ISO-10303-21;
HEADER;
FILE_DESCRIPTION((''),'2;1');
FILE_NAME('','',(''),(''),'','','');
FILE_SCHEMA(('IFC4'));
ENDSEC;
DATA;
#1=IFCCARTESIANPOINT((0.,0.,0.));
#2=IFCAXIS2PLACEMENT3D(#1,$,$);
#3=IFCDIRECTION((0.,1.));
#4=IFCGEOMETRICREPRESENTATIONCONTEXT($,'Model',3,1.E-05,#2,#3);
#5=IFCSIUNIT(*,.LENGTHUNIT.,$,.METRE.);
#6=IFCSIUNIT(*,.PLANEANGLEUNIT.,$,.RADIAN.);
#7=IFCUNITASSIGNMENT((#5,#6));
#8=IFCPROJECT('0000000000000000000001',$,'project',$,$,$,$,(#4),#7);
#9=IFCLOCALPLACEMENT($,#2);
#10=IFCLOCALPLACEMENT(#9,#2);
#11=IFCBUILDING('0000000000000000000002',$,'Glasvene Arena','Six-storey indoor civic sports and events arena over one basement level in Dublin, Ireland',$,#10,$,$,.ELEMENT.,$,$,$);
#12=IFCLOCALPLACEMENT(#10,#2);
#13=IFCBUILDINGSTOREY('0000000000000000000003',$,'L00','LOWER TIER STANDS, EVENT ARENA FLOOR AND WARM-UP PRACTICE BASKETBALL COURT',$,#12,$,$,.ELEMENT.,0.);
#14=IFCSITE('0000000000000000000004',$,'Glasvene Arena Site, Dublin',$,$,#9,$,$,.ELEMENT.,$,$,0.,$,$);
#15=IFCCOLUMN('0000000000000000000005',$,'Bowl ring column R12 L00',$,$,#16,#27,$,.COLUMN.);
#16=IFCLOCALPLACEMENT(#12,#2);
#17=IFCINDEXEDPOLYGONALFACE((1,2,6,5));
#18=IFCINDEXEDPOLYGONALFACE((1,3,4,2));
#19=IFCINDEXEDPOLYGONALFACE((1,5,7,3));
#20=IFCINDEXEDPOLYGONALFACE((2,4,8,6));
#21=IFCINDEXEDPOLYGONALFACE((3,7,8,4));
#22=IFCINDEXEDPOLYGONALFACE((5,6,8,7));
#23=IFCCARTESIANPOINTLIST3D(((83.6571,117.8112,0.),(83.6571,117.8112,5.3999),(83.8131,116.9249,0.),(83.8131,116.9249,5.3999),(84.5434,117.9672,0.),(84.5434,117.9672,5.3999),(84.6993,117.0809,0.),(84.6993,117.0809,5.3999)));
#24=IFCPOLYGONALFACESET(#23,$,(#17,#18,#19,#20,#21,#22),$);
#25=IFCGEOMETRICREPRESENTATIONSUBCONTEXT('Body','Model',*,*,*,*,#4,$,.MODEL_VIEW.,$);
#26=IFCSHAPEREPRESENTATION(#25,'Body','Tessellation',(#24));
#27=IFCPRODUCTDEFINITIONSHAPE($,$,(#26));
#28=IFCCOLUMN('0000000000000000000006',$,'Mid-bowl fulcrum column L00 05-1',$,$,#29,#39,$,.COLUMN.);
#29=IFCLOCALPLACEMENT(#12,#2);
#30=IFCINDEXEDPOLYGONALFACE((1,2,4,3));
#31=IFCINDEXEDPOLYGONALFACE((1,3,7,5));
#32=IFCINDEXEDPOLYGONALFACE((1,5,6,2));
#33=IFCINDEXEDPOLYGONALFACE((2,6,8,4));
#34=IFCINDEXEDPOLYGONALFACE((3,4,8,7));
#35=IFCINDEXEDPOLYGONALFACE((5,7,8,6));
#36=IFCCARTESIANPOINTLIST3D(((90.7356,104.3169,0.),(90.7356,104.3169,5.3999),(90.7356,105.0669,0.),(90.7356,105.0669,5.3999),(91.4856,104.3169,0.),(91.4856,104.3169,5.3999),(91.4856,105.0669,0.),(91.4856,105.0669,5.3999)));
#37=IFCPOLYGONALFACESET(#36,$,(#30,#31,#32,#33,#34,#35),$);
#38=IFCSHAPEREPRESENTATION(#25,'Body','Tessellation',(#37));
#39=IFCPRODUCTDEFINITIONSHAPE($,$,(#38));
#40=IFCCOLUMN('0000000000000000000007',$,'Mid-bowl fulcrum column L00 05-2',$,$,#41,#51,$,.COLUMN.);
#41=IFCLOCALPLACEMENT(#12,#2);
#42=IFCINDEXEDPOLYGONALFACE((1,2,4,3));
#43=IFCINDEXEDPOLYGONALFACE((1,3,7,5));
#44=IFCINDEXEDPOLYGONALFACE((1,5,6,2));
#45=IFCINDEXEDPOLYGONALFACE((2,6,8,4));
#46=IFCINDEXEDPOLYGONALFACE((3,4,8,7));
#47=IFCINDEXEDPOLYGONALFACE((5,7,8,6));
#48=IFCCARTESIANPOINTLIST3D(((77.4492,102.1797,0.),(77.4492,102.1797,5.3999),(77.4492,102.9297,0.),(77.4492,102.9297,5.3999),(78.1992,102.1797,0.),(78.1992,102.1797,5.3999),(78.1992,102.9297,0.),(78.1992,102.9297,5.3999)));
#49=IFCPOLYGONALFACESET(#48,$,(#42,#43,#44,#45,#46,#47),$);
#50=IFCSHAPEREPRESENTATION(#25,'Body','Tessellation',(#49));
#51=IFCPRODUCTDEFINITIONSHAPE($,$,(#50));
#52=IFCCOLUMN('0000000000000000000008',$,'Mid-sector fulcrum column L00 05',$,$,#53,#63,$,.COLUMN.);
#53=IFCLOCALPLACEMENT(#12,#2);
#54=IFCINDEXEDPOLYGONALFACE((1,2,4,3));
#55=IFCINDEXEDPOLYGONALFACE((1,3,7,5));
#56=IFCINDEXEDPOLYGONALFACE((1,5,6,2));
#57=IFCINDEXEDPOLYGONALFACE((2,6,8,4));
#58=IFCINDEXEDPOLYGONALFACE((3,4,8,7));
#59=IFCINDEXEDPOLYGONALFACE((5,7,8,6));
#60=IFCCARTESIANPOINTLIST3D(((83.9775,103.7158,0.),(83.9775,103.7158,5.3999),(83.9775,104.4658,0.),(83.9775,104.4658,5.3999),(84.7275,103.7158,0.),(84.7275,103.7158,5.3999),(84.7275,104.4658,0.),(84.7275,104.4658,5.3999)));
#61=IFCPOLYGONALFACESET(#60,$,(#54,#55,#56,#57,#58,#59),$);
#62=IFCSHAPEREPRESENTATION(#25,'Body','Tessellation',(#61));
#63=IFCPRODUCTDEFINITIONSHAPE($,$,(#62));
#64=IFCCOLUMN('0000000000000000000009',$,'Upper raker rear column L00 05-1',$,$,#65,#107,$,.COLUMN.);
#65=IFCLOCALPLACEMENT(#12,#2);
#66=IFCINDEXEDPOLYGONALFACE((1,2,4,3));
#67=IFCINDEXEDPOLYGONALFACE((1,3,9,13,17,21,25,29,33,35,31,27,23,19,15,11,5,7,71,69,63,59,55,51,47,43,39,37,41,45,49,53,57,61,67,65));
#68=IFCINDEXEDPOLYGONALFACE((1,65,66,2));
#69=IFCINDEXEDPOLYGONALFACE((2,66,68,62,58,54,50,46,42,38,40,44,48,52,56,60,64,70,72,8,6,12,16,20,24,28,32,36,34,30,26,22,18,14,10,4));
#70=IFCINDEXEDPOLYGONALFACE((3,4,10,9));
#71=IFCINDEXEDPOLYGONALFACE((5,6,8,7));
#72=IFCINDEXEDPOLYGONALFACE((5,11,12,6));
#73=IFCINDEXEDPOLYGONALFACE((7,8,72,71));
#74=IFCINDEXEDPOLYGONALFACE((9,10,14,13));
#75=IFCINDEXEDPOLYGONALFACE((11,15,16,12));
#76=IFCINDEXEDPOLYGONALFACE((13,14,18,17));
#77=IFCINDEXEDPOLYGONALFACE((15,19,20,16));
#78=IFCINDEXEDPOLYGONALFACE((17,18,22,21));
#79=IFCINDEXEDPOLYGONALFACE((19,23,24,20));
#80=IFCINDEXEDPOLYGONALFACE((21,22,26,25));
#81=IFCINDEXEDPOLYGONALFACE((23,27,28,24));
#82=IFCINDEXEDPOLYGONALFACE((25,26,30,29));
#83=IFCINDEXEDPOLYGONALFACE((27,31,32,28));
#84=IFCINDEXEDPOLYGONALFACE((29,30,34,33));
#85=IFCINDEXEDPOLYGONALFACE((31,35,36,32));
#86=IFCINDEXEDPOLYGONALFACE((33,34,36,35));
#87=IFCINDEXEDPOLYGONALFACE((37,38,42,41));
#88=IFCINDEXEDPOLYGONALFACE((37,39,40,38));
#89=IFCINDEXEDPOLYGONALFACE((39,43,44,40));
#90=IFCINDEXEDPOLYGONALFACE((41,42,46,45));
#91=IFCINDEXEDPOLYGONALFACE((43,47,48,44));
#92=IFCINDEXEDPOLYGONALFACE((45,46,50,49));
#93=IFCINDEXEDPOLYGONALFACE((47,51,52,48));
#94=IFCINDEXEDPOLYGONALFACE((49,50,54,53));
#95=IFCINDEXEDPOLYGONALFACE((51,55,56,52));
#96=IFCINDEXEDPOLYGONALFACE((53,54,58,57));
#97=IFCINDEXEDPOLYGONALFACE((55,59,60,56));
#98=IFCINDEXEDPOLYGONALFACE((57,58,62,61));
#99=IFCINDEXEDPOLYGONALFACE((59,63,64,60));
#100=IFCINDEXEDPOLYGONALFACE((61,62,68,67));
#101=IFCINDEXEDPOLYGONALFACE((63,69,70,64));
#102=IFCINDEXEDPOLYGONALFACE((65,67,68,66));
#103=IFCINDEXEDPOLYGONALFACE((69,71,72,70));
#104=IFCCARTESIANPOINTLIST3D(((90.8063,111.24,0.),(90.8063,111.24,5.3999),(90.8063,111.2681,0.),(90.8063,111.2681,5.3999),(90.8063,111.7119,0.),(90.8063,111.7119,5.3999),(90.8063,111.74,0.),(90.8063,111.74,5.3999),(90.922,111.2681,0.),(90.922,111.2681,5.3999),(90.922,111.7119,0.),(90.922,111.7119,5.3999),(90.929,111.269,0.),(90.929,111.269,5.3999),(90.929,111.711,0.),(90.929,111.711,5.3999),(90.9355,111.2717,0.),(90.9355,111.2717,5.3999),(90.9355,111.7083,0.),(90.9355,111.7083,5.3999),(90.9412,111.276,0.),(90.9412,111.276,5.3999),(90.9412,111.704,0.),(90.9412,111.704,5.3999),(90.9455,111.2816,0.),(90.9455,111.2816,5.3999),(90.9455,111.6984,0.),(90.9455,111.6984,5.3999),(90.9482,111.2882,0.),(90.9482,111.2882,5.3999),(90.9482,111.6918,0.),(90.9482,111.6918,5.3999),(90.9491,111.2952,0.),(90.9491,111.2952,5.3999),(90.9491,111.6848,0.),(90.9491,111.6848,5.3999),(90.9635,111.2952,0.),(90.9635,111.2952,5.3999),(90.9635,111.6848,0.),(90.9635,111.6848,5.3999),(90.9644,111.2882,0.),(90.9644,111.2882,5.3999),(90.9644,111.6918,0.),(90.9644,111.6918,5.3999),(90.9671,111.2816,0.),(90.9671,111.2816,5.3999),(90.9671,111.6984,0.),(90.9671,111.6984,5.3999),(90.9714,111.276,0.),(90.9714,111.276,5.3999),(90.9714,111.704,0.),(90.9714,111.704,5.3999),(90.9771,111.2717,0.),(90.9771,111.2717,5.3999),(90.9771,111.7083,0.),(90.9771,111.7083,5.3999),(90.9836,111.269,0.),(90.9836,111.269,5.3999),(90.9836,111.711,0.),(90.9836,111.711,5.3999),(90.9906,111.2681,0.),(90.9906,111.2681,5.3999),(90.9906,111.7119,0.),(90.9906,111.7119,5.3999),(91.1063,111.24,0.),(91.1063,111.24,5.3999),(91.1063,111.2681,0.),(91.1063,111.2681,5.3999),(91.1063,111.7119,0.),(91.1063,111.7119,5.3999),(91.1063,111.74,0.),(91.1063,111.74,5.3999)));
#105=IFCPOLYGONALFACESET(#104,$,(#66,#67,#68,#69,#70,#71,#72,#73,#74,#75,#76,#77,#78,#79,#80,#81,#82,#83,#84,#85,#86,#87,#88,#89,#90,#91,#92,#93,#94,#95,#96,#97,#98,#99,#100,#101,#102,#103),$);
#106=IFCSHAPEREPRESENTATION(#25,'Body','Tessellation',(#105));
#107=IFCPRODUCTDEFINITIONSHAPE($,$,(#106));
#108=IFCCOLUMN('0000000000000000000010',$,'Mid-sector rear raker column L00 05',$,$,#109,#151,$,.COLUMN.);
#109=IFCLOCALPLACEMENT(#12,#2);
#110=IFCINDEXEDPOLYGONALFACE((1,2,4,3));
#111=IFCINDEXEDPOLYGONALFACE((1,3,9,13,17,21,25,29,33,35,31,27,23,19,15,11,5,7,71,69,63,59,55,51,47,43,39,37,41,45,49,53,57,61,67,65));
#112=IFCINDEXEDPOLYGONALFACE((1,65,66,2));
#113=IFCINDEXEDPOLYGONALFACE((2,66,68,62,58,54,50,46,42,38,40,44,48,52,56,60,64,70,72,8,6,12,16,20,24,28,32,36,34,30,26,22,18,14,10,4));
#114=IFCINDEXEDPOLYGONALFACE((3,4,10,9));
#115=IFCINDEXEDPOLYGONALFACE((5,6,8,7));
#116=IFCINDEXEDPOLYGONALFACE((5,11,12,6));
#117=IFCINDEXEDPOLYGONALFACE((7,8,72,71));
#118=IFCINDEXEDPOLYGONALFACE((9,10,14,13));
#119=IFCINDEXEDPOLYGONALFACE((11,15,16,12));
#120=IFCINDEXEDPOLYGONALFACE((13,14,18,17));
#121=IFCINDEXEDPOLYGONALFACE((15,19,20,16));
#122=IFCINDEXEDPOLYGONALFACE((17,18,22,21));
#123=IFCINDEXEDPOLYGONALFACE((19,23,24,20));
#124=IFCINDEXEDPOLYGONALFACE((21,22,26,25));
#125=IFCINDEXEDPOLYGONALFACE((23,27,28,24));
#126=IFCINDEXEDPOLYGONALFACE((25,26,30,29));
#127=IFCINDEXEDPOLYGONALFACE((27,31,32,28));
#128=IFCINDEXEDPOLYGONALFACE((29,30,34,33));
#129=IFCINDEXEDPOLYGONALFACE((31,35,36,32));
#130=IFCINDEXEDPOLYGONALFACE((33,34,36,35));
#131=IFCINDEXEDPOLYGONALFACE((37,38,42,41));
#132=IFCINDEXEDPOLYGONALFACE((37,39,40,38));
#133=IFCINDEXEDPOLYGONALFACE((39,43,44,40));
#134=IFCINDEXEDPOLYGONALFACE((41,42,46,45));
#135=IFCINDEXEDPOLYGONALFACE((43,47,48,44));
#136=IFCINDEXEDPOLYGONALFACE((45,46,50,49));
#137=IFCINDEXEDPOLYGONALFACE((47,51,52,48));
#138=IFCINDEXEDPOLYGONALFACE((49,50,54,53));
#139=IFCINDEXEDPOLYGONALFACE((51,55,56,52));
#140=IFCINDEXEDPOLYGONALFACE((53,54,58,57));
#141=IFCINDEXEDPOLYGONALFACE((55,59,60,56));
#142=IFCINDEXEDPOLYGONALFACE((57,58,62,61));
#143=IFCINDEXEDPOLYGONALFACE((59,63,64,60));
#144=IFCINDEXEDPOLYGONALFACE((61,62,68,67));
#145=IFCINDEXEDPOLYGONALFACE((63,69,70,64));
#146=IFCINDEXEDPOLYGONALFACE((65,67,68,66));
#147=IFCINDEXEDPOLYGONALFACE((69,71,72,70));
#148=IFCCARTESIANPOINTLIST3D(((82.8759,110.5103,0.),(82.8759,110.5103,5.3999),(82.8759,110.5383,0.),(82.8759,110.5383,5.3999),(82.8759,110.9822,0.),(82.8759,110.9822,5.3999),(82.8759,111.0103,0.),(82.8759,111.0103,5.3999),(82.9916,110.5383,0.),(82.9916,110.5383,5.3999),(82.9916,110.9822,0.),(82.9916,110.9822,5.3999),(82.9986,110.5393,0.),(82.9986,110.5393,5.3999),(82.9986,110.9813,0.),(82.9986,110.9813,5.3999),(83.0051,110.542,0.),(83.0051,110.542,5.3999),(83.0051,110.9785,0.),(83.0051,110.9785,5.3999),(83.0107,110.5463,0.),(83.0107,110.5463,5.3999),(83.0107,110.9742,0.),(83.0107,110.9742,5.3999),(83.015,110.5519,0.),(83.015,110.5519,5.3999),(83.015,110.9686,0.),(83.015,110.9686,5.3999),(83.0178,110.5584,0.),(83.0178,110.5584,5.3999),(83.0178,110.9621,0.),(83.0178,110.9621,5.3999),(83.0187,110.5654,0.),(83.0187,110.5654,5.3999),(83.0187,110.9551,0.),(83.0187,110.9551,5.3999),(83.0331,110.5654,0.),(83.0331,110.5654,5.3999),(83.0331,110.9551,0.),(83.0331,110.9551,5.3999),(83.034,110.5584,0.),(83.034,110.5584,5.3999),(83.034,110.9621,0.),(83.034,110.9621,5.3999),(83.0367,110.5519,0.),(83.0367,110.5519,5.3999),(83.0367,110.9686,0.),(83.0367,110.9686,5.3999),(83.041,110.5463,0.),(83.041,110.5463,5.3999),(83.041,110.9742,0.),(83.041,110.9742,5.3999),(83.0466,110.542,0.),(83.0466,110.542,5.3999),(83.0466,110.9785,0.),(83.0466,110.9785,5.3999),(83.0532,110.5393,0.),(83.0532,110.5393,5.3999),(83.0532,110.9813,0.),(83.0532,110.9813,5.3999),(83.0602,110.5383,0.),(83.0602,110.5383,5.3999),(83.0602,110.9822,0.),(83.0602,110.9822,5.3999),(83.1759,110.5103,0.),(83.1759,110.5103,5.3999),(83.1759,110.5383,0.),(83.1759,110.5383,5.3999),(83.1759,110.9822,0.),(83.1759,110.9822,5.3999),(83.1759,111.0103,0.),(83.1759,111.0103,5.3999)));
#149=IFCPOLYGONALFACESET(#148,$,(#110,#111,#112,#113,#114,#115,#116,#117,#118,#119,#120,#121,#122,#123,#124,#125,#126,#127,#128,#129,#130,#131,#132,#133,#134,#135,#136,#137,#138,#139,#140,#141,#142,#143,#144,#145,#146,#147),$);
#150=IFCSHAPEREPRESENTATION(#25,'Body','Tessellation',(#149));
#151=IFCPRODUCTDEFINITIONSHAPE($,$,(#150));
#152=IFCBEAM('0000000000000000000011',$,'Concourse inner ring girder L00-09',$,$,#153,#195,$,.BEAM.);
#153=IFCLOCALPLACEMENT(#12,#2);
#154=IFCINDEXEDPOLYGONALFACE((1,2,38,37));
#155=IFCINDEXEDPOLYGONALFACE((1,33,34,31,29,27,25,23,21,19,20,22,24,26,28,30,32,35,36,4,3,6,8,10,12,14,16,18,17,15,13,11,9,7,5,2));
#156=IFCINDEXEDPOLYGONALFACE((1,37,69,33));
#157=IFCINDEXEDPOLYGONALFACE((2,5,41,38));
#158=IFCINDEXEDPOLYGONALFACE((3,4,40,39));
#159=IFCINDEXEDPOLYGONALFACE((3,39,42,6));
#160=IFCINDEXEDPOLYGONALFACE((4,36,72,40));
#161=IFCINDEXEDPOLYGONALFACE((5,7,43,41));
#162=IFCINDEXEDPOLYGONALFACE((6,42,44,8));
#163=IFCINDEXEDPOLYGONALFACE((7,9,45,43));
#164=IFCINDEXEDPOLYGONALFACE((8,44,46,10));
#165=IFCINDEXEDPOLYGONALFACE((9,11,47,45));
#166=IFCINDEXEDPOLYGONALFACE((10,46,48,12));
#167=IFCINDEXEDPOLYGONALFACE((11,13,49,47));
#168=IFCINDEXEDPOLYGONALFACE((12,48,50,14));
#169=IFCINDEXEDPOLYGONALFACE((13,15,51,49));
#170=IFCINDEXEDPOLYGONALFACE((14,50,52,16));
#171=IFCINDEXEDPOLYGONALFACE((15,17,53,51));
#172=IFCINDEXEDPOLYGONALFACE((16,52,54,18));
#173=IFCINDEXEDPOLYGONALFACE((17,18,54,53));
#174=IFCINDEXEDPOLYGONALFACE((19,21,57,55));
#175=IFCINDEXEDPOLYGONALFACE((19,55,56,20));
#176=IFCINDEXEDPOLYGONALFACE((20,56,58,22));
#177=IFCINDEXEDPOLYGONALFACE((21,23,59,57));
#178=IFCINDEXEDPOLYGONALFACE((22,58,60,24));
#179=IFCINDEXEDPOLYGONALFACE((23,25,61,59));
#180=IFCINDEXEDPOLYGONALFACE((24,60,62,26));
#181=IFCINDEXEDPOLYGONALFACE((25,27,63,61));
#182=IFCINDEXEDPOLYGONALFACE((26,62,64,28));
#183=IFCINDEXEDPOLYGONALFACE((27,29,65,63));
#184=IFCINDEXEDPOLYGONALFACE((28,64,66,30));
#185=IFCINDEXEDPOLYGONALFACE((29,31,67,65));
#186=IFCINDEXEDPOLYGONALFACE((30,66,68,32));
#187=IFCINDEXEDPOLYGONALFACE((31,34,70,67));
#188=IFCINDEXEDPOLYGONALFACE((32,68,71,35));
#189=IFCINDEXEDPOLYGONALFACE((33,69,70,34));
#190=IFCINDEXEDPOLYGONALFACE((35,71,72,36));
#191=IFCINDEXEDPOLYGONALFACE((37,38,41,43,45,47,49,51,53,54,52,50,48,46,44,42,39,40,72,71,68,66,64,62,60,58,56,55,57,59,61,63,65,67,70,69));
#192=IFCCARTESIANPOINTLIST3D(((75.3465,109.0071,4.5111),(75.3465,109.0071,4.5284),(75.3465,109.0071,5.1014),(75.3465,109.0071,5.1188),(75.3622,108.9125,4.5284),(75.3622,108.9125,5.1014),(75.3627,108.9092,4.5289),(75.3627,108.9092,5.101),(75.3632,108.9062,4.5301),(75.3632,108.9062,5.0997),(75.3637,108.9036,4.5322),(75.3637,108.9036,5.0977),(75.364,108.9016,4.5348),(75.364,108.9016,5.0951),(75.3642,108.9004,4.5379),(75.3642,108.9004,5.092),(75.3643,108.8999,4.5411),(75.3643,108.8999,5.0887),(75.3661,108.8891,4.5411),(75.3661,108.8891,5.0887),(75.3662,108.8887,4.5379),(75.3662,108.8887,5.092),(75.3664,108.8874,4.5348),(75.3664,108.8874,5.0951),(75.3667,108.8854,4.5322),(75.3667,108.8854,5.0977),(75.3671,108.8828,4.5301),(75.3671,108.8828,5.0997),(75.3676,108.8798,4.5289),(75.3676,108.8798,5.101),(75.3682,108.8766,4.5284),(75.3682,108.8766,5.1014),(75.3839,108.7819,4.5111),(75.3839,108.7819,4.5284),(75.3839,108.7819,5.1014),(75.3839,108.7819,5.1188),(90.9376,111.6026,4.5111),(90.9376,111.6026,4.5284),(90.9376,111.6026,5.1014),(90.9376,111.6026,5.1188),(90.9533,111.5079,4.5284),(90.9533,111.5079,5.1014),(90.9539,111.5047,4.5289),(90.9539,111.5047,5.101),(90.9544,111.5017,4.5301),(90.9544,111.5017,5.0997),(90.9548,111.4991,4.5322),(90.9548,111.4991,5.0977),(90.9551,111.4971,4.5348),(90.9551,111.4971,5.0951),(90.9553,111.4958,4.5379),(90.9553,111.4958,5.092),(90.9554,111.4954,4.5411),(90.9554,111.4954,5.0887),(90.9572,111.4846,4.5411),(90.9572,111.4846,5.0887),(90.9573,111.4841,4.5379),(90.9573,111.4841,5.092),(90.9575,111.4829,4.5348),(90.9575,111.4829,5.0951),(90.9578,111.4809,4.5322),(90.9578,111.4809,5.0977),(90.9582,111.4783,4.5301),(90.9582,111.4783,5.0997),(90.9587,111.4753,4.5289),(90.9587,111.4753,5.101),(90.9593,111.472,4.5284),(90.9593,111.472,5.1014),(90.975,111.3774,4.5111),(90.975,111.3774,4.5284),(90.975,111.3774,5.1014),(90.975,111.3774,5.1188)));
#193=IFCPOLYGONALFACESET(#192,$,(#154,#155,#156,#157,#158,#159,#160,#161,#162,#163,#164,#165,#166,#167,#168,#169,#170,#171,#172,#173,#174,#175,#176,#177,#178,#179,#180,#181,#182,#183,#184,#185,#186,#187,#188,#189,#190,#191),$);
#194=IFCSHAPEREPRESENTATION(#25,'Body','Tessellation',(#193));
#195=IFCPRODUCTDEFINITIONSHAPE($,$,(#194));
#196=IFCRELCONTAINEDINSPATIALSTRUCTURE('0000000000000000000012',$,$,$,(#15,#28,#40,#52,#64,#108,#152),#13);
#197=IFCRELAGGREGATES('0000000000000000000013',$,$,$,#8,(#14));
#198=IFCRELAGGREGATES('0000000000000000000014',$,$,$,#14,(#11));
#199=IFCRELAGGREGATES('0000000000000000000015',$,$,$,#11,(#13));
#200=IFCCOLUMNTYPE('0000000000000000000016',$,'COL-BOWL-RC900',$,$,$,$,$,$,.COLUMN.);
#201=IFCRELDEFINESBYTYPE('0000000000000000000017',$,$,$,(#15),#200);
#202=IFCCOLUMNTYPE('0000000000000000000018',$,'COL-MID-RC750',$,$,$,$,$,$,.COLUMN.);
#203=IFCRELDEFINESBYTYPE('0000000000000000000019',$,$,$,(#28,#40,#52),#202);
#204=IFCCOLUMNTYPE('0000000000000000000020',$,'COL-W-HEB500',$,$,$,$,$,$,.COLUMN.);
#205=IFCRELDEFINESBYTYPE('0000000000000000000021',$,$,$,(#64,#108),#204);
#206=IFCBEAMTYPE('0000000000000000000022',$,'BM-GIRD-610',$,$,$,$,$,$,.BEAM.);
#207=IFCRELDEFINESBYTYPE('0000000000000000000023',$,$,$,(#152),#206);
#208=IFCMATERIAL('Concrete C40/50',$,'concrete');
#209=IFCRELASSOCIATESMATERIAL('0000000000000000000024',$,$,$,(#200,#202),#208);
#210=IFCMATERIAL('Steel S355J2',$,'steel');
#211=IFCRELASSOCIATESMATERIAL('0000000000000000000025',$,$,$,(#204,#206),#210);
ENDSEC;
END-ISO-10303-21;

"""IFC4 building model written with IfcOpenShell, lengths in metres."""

from ifc_helpers import new_model, si_unit, direction, frame, origin, origin_2d, place, context, subcontext, project, spatial, rectangle, i_section, extrude, material, material_profile, profile_set, type_object, element, save


model = new_model("IFC4")

# Units and contexts
model_context = context("Model", 3, precision=1e-05, world=origin(), true_north=direction((0.0, 1.0)))
body_context = subcontext(model_context, "Body", "Model", "MODEL_VIEW")
ifc_project = project(units=[si_unit("LENGTHUNIT", "METRE"), si_unit("PLANEANGLEUNIT", "RADIAN")], contexts=[model_context])

# Site, building, storey
site_placement = place(None, origin())
site = spatial("IfcSite", under=ifc_project, at=site_placement, Name="Glasvene Arena Site, Dublin", CompositionType="ELEMENT", RefElevation=0.0)
building_placement = place(site_placement, origin())
building = spatial("IfcBuilding", under=site, at=building_placement, Name="Glasvene Arena", Description="Six-storey indoor civic sports and events arena over one basement level in Dublin, Ireland", CompositionType="ELEMENT")
storey_placement = place(building_placement, origin())
storey = spatial("IfcBuildingStorey", under=building, at=storey_placement, Name="L00", Description="LOWER TIER STANDS, EVENT ARENA FLOOR AND WARM-UP PRACTICE BASKETBALL COURT", CompositionType="ELEMENT", Elevation=0.0)

# Columns
ifc_material_1 = material(Name="Concrete C40/50", Category="concrete")
ifc_material_profile_1 = material_profile(ifc_material_1, rectangle(XDim=0.8999, YDim=0.8999, at=origin_2d()), Name="RC 900x900")
ifc_profile_set_1 = profile_set([ifc_material_profile_1], Name="Concrete C40/50")
column_type_1 = type_object("IfcColumnType", Name="COL-BOWL-RC900", PredefinedType="COLUMN", material=ifc_profile_set_1)
column_placement = place(storey_placement, frame((84.1782, 117.446, 0.0), z_axis=(0.0, 0.0, 1.0), x_axis=(-0.173304, 0.984868, 0.0)))
element("IfcColumn", 1, at=column_placement, inside=storey, type_object=column_type_1, Name="Bowl ring column R12 L00", PredefinedType="COLUMN", context=body_context, shape_type="SweptSolid", body=[
    extrude(rectangle(XDim=0.8999, YDim=0.8999, at=origin_2d()), origin(), (0.0, 0.0, 1.0), 5.3999),
])
ifc_material_profile_2 = material_profile(ifc_material_1, rectangle(XDim=0.75, YDim=0.75, at=origin_2d()), Name="RC 750x750")
ifc_profile_set_2 = profile_set([ifc_material_profile_2], Name="Concrete C40/50")
column_type_2 = type_object("IfcColumnType", Name="COL-MID-RC750", PredefinedType="COLUMN", material=ifc_profile_set_2)
for number, where, z_axis, x_axis, name in (
    (2, (91.1106, 104.6919, 0.0), (0.0, 0.0, 1.0), (1.0, 0.0, 0.0), "Mid-bowl fulcrum column L00 05-1"),
    (3, (77.8242, 102.5547, 0.0), (0.0, 0.0, 1.0), (1.0, 0.0, 0.0), "Mid-bowl fulcrum column L00 05-2"),
    (4, (84.3525, 104.0908, 0.0), (0.0, 0.0, 1.0), (1.0, 0.0, 0.0), "Mid-sector fulcrum column L00 05"),
):
    element("IfcColumn", number, at=place(storey_placement, frame(where, z_axis=z_axis, x_axis=x_axis)), inside=storey, type_object=column_type_2, Name=name, PredefinedType="COLUMN", context=body_context, shape_type="SweptSolid", body=[
        extrude(rectangle(XDim=0.75, YDim=0.75, at=origin_2d()), origin(), (0.0, 0.0, 1.0), 5.3999),
    ])
ifc_material_2 = material(Name="Steel S355J2", Category="steel")
ifc_material_profile_3 = material_profile(ifc_material_2, i_section(OverallWidth=0.3, OverallDepth=0.5, WebThickness=0.0144, FlangeThickness=0.0281, FilletRadius=0.0271, at=origin_2d()), Name="HEB 500")
ifc_profile_set_3 = profile_set([ifc_material_profile_3], Name="Steel S355J2")
column_type_3 = type_object("IfcColumnType", Name="COL-W-HEB500", PredefinedType="COLUMN", material=ifc_profile_set_3)
for number, where, z_axis, x_axis, name in (
    (5, (90.9563, 111.49, 0.0), (0.0, 0.0, 1.0), (1.0, 0.0, 0.0), "Upper raker rear column L00 05-1"),
    (6, (83.0259, 110.7603, 0.0), (0.0, 0.0, 1.0), (1.0, 0.0, 0.0), "Mid-sector rear raker column L00 05"),
):
    element("IfcColumn", number, at=place(storey_placement, frame(where, z_axis=z_axis, x_axis=x_axis)), inside=storey, type_object=column_type_3, Name=name, PredefinedType="COLUMN", context=body_context, shape_type="SweptSolid", body=[
        extrude(i_section(OverallWidth=0.3, OverallDepth=0.5, WebThickness=0.0144, FlangeThickness=0.0281, FilletRadius=0.0271, at=origin_2d()), origin(), (0.0, 0.0, 1.0), 5.3999),
    ])

# Beam
ifc_material_profile_4 = material_profile(ifc_material_2, i_section(OverallWidth=0.2283, OverallDepth=0.6077, WebThickness=0.011, FlangeThickness=0.0173, FilletRadius=0.0127, at=origin_2d()), Name="UKB 610x229x113")
ifc_profile_set_4 = profile_set([ifc_material_profile_4], Name="Steel S355J2")
beam_type_1 = type_object("IfcBeamType", Name="BM-GIRD-610", PredefinedType="BEAM", material=ifc_profile_set_4)
beam_1_placement = place(storey_placement, frame((90.9563, 111.49, 4.8149), z_axis=(-0.986425, -0.164211, 0.0), x_axis=(0.164211, -0.986425, 0.0)))
element("IfcBeam", 7, at=beam_1_placement, inside=storey, type_object=beam_type_1, Name="Concourse inner ring girder L00-09", PredefinedType="BEAM", context=body_context, shape_type="SweptSolid", body=[
    extrude(i_section(OverallWidth=0.2283, OverallDepth=0.6077, WebThickness=0.011, FlangeThickness=0.0173, FilletRadius=0.0127, at=origin_2d()), origin(), (0.0, 0.0, 1.0), 15.8057),
])

save(model, "model.ifc")
